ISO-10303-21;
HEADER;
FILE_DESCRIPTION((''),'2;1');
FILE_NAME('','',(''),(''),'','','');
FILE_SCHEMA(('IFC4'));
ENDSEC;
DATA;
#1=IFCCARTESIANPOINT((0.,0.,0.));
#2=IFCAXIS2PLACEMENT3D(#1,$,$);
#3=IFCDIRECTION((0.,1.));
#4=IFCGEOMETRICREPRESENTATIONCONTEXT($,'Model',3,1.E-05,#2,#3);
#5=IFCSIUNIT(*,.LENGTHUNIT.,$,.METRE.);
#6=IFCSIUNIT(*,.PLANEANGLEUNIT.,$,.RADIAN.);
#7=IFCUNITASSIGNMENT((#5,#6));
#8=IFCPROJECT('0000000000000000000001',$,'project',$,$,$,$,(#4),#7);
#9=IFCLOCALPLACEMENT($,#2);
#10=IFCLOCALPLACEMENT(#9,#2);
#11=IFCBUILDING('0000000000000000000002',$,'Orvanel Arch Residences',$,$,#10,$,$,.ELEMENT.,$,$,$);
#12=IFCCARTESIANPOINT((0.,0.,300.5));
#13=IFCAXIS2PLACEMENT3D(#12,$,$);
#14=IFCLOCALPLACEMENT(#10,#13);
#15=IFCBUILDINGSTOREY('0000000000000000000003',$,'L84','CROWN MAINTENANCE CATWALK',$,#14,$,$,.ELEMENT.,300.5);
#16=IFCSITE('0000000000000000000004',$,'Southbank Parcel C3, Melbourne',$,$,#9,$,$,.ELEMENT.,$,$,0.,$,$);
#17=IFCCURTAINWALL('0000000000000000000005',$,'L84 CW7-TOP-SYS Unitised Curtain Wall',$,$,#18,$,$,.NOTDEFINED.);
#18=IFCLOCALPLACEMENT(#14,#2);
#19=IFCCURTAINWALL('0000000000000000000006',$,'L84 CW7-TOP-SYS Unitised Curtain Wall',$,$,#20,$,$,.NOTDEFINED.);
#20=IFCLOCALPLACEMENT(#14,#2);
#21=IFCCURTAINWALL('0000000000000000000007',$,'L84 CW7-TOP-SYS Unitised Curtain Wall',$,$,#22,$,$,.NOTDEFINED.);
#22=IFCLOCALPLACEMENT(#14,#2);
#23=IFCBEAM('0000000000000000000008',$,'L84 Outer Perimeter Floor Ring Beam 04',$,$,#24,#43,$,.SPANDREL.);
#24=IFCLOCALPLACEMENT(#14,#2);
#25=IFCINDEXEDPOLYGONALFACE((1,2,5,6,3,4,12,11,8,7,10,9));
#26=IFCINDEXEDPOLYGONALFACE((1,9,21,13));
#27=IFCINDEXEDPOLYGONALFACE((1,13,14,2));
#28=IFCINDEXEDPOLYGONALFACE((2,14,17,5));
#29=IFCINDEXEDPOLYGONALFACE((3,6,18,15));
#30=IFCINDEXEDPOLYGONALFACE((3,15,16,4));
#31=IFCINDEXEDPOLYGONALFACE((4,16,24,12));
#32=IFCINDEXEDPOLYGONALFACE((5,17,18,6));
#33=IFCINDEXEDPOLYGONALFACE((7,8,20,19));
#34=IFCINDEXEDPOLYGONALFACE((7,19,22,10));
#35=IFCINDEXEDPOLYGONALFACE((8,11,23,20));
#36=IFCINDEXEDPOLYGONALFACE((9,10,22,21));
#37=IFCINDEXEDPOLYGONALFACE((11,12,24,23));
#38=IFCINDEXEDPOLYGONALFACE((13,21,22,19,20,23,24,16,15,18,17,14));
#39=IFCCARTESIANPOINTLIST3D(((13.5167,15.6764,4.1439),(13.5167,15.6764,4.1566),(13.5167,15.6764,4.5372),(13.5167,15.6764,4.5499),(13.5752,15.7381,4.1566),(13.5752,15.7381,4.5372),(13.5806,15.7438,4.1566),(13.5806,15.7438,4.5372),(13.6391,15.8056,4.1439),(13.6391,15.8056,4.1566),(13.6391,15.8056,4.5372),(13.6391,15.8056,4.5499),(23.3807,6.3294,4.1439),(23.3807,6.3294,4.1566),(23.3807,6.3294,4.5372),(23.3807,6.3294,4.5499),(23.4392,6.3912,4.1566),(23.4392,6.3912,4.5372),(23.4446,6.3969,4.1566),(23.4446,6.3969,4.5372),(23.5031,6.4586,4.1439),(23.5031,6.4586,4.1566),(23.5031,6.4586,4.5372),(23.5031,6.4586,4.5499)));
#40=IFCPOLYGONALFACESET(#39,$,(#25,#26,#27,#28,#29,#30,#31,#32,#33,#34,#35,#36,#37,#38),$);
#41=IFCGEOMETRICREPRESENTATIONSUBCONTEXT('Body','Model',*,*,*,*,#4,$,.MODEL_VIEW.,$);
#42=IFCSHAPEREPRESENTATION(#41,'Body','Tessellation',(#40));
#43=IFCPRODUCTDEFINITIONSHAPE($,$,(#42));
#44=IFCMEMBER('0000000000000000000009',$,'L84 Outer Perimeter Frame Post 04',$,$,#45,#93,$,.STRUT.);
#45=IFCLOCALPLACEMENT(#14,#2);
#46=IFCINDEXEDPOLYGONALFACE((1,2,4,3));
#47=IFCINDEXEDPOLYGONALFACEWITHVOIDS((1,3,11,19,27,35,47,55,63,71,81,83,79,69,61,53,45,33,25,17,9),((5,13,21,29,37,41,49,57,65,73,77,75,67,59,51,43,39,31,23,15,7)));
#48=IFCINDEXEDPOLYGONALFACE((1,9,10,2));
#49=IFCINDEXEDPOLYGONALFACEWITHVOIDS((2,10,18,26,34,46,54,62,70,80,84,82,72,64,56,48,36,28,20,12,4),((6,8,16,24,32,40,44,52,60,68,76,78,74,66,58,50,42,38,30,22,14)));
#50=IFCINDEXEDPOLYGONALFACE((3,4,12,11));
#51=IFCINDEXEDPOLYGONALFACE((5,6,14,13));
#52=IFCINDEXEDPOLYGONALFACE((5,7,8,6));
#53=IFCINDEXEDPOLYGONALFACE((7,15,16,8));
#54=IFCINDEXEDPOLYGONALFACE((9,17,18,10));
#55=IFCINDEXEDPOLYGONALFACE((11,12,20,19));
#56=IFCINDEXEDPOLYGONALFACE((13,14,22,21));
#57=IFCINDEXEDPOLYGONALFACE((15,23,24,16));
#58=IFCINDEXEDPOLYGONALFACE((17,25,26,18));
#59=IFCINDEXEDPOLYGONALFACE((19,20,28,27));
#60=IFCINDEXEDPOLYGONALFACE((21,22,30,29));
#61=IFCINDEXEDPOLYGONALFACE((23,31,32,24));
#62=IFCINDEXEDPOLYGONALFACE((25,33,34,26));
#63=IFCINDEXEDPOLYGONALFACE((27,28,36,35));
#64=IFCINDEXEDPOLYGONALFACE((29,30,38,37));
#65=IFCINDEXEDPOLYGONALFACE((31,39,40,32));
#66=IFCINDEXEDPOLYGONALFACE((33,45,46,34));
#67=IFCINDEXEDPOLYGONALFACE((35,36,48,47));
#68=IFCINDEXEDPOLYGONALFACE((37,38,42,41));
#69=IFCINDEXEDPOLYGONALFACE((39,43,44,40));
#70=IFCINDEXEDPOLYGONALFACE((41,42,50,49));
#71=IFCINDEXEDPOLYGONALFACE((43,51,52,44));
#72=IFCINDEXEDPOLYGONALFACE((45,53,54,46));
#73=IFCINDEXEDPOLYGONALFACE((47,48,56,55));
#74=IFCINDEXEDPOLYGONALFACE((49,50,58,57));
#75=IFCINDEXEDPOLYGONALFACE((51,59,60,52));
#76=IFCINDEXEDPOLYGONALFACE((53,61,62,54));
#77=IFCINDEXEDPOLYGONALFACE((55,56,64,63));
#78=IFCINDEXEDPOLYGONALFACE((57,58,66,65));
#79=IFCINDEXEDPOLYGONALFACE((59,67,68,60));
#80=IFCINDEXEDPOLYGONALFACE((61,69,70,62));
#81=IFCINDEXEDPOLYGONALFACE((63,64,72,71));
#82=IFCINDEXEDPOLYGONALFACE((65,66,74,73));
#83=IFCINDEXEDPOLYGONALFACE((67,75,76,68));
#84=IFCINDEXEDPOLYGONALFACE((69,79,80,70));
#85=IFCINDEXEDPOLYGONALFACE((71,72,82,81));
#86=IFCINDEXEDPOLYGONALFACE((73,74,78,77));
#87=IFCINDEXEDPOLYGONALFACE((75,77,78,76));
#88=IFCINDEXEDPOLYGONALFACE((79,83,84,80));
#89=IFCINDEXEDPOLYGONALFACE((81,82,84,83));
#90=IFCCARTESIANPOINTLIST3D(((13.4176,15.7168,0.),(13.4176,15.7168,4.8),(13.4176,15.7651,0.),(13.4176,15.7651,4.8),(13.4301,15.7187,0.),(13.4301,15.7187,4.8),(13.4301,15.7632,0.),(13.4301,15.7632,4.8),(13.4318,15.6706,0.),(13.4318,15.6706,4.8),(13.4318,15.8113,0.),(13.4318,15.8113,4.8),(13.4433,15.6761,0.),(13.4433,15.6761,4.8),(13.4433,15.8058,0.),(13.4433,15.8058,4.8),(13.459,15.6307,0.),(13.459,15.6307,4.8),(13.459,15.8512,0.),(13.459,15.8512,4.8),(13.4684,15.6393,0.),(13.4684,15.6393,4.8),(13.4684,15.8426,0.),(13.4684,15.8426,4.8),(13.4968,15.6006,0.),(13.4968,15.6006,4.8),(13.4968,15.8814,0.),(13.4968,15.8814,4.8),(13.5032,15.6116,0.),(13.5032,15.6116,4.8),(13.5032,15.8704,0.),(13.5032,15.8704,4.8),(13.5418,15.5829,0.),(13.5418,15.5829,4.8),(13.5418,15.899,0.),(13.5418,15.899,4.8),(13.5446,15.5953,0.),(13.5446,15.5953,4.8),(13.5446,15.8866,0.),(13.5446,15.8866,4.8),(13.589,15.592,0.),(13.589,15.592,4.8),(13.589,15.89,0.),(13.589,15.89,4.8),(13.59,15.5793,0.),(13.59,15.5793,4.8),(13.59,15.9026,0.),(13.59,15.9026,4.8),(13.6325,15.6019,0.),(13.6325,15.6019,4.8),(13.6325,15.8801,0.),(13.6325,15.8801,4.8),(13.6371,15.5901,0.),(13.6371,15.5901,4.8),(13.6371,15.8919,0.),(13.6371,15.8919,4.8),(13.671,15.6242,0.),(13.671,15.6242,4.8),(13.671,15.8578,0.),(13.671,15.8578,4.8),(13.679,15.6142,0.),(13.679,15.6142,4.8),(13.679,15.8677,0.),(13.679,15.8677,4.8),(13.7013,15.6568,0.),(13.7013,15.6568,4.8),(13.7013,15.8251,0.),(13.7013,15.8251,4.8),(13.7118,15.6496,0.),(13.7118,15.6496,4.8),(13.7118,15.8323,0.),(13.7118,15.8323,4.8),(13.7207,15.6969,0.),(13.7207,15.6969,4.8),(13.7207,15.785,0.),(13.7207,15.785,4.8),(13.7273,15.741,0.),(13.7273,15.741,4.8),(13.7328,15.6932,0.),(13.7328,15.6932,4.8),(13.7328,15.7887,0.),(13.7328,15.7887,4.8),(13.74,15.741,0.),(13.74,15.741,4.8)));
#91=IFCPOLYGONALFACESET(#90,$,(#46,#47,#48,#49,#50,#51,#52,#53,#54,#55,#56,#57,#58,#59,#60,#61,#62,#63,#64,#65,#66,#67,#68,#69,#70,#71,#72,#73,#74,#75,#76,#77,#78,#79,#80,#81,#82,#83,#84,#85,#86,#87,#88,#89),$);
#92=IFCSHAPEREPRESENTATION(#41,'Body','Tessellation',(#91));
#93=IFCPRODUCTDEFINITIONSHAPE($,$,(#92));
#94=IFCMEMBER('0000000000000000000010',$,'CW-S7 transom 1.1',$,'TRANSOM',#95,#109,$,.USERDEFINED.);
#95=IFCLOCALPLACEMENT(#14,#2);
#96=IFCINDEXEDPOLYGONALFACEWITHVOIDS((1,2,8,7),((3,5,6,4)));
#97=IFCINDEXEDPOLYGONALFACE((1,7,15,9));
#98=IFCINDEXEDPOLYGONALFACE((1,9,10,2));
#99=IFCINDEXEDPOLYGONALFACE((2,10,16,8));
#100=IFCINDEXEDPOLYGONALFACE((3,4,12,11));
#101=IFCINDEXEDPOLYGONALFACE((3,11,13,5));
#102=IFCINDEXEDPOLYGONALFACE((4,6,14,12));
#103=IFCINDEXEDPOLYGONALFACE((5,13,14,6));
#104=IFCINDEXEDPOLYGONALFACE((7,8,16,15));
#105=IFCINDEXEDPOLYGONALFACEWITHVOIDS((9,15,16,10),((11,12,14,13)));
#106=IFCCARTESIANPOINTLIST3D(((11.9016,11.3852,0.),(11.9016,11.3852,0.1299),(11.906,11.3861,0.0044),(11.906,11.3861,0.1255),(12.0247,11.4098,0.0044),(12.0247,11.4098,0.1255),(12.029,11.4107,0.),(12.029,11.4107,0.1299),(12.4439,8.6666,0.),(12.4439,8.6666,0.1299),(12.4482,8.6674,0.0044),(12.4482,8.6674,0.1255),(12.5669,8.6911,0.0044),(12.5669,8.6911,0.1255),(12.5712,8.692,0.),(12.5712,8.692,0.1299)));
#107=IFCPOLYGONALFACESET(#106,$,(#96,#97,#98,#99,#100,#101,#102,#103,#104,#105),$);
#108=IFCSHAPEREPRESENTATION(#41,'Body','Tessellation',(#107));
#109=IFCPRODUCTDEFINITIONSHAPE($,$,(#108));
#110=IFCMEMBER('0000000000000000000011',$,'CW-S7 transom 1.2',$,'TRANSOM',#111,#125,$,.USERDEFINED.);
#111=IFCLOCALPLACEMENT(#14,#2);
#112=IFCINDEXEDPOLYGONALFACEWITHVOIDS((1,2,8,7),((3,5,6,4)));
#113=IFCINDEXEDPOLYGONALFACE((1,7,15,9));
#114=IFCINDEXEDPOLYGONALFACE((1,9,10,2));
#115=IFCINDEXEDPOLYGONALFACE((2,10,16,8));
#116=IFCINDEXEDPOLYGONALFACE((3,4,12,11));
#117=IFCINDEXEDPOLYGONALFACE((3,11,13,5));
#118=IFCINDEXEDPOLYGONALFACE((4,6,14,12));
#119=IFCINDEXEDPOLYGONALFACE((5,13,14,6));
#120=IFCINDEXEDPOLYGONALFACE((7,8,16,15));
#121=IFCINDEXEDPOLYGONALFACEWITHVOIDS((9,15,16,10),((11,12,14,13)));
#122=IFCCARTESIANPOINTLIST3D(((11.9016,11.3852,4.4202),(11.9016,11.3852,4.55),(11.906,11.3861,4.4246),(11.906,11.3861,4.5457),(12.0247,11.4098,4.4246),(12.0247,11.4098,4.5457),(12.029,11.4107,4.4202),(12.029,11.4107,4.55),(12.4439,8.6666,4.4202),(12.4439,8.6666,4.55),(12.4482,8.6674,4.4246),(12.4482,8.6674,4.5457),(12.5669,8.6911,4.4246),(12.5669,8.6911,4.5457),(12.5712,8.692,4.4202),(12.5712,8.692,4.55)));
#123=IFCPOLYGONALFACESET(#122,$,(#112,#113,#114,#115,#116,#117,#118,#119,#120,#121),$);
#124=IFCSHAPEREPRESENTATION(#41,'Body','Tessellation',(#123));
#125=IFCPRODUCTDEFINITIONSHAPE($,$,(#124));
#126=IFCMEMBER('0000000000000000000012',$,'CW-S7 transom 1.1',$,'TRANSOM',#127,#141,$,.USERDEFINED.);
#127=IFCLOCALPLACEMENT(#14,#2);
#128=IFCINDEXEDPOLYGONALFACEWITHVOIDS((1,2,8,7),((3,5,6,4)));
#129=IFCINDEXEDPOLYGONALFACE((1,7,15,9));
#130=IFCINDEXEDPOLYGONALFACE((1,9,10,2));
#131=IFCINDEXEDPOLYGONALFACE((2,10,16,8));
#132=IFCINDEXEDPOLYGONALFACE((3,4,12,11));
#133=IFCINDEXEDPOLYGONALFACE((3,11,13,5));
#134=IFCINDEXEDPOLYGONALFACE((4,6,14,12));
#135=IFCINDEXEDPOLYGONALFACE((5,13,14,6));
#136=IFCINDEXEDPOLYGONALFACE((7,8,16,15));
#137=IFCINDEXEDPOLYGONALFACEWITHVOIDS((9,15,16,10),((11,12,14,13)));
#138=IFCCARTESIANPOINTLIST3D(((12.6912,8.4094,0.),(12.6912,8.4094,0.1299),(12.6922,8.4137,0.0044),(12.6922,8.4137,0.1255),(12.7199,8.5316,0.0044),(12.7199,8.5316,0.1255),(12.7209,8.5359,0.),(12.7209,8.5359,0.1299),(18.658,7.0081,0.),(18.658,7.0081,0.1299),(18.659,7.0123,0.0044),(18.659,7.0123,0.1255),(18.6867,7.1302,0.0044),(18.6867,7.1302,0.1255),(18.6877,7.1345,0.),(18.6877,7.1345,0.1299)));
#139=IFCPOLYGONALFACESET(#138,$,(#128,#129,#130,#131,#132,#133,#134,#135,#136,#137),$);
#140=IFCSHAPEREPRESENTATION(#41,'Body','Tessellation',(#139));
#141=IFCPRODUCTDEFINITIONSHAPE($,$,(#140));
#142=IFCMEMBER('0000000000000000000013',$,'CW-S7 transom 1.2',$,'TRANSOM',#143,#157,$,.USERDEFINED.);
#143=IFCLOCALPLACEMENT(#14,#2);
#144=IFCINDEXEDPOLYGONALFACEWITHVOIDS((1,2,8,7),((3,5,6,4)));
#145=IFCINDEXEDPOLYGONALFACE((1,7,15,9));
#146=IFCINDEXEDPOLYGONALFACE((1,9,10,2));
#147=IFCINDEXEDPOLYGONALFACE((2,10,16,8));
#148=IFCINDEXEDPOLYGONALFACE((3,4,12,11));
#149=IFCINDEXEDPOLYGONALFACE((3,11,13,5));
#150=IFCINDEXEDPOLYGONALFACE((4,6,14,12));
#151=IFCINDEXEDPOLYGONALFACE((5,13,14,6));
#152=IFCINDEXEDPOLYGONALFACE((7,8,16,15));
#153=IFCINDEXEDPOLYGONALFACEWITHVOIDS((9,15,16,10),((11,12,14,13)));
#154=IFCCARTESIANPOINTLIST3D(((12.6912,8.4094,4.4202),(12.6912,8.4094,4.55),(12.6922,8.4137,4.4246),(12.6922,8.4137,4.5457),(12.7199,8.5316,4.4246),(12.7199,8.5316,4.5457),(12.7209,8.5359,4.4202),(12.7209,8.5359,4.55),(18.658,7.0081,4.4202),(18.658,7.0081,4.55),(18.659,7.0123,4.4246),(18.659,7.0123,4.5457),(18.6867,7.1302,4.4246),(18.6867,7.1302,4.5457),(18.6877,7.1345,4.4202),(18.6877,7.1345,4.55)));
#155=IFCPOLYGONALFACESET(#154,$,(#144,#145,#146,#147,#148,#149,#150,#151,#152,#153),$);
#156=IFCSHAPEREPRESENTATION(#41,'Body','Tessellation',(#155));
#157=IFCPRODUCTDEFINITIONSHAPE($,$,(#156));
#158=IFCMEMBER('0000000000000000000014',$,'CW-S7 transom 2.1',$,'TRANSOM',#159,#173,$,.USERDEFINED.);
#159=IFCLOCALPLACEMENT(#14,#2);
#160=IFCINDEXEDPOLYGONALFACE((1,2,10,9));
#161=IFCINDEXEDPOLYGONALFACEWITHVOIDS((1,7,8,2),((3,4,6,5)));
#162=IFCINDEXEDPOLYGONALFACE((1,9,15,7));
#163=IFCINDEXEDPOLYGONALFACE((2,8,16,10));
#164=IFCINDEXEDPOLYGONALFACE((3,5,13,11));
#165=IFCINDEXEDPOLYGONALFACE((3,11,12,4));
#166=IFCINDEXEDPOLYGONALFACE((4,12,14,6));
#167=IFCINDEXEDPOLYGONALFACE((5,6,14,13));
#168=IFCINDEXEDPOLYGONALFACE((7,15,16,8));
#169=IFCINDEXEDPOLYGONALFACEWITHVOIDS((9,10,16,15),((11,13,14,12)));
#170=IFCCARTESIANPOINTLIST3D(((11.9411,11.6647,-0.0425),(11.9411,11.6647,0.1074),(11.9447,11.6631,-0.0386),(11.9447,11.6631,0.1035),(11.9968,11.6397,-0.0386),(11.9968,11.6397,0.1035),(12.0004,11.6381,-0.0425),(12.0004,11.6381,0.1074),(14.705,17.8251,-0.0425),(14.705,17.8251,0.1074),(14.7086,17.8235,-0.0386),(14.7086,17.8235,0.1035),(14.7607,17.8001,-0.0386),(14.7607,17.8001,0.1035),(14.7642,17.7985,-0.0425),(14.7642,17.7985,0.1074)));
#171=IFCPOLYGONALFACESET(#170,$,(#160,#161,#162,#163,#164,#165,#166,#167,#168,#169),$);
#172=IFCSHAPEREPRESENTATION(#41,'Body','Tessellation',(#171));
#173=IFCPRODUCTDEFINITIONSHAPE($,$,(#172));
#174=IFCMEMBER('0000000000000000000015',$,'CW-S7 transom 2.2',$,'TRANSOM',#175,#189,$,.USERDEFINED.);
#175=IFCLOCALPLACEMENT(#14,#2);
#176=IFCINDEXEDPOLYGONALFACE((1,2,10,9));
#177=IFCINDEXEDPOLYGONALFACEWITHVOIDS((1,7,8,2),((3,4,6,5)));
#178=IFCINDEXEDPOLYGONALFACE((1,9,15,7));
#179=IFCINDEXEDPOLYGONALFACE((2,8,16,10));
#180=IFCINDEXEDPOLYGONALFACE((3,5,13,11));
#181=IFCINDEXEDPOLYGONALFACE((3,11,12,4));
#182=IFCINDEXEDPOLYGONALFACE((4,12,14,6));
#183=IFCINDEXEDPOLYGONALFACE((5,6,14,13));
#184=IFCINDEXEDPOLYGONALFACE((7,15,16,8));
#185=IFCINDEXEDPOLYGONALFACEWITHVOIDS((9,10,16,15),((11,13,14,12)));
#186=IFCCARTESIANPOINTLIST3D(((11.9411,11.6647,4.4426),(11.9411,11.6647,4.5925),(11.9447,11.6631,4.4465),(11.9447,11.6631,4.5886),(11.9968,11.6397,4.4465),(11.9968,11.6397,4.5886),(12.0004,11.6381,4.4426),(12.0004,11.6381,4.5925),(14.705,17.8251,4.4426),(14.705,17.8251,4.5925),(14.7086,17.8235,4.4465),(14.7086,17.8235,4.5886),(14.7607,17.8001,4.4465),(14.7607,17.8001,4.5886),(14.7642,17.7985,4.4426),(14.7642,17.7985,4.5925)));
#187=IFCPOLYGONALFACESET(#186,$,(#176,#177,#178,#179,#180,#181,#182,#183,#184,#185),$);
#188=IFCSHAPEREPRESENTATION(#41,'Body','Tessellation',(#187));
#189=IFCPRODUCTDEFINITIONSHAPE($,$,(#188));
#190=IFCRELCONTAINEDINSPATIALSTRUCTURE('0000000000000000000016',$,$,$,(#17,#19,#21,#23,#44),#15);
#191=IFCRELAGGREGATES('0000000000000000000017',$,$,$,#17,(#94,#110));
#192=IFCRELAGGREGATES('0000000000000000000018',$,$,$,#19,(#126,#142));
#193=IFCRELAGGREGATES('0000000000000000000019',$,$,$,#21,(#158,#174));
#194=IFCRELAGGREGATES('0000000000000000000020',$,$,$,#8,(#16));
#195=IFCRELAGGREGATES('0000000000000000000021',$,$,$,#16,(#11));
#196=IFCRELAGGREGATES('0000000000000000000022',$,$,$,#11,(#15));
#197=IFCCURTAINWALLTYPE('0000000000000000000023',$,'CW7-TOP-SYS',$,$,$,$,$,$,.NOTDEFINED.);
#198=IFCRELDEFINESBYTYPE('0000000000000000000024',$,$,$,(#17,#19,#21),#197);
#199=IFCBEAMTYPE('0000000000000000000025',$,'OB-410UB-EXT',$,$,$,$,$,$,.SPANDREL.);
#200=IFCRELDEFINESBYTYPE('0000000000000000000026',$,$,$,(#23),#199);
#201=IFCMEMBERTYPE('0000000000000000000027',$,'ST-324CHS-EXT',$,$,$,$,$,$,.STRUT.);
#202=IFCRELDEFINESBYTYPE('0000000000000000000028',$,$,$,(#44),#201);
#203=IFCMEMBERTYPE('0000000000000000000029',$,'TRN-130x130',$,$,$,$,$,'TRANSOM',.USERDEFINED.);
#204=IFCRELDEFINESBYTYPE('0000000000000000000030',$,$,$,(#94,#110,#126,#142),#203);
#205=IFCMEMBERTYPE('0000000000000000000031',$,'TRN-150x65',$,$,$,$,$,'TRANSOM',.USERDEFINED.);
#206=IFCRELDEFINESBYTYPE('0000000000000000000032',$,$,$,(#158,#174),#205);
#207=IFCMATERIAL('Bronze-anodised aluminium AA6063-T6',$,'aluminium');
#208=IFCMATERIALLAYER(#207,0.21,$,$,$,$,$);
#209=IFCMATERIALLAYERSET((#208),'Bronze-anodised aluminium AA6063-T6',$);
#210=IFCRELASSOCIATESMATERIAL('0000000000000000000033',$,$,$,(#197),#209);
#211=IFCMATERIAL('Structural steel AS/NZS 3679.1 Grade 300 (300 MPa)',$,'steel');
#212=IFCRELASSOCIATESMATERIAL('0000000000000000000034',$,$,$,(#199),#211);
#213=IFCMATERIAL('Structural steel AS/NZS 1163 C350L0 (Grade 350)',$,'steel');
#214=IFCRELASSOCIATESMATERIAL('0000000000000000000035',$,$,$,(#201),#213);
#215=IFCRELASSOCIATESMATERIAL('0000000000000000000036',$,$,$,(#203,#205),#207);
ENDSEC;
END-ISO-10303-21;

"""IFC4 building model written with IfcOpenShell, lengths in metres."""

from ifc_helpers import new_model, si_unit, direction, frame, origin, origin_2d, place, context, subcontext, project, spatial, hollow_rectangle, hollow_circle, i_section, extrude, material, layer, layer_set, material_profile, profile_set, type_object, element, aggregate, save


model = new_model("IFC4")

# Units and contexts
model_context = context("Model", 3, precision=1e-05, world=origin(), true_north=direction((0.0, 1.0)))
body_context = subcontext(model_context, "Body", "Model", "MODEL_VIEW")
ifc_project = project(units=[si_unit("LENGTHUNIT", "METRE"), si_unit("PLANEANGLEUNIT", "RADIAN")], contexts=[model_context])

# Site, building, storey
site_placement = place(None, origin())
site = spatial("IfcSite", under=ifc_project, at=site_placement, Name="Southbank Parcel C3, Melbourne", CompositionType="ELEMENT", RefElevation=0.0)
building_placement = place(site_placement, origin())
building = spatial("IfcBuilding", under=site, at=building_placement, Name="Orvanel Arch Residences", CompositionType="ELEMENT")
storey_placement = place(building_placement, frame((0.0, 0.0, 300.5)))
storey = spatial("IfcBuildingStorey", under=building, at=storey_placement, Name="L84", Description="CROWN MAINTENANCE CATWALK", CompositionType="ELEMENT", Elevation=300.5)

# Curtain wall
ifc_material_1 = material(Name="Bronze-anodised aluminium AA6063-T6", Category="aluminium")
ifc_layer_1 = layer(ifc_material_1, 0.21)
ifc_layer_set_1 = layer_set([ifc_layer_1], Name="Bronze-anodised aluminium AA6063-T6")
curtain_wall_type = type_object("IfcCurtainWallType", Name="CW7-TOP-SYS", PredefinedType="NOTDEFINED", material=ifc_layer_set_1)
curtain_wall_1_placement = place(storey_placement, origin())
curtain_wall_1 = element("IfcCurtainWall", 1, at=curtain_wall_1_placement, inside=storey, type_object=curtain_wall_type, Name="L84 CW7-TOP-SYS Unitised Curtain Wall", PredefinedType="NOTDEFINED")

# Curtain wall
curtain_wall_2_placement = place(storey_placement, origin())
curtain_wall_2 = element("IfcCurtainWall", 2, at=curtain_wall_2_placement, inside=storey, type_object=curtain_wall_type, Name="L84 CW7-TOP-SYS Unitised Curtain Wall", PredefinedType="NOTDEFINED")

# Curtain wall
curtain_wall_3_placement = place(storey_placement, origin())
curtain_wall_3 = element("IfcCurtainWall", 3, at=curtain_wall_3_placement, inside=storey, type_object=curtain_wall_type, Name="L84 CW7-TOP-SYS Unitised Curtain Wall", PredefinedType="NOTDEFINED")

# Beam
ifc_material_2 = material(Name="Structural steel AS/NZS 3679.1 Grade 300 (300 MPa)", Category="steel")
ifc_material_profile_1 = material_profile(ifc_material_2, i_section(OverallWidth=0.178, OverallDepth=0.406, WebThickness=0.0078, FlangeThickness=0.0127, at=origin_2d()), Name="410UB59.7")
ifc_profile_set_1 = profile_set([ifc_material_profile_1], Name="Structural steel AS/NZS 3679.1 Grade 300 (300 MPa)")
beam_type_1 = type_object("IfcBeamType", Name="OB-410UB-EXT", PredefinedType="SPANDREL", material=ifc_profile_set_1)
beam_1_placement = place(storey_placement, frame((13.5779, 15.741, 4.3469), z_axis=(0.725877, -0.687825, 0.0), x_axis=(0.687825, 0.725877, 0.0)))
element("IfcBeam", 4, at=beam_1_placement, inside=storey, type_object=beam_type_1, Name="L84 Outer Perimeter Floor Ring Beam 04", PredefinedType="SPANDREL", context=body_context, shape_type="SweptSolid", body=[
    extrude(i_section(OverallWidth=0.178, OverallDepth=0.406, WebThickness=0.0078, FlangeThickness=0.0127, at=origin_2d()), origin(), (0.0, 0.0, 1.0), 13.5891),
])

# Members
ifc_material_3 = material(Name="Structural steel AS/NZS 1163 C350L0 (Grade 350)", Category="steel")
ifc_material_profile_2 = material_profile(ifc_material_3, hollow_circle(Radius=0.1621, WallThickness=0.0127, at=origin_2d()), Name="CHS324x12.7")
ifc_profile_set_2 = profile_set([ifc_material_profile_2], Name="Structural steel AS/NZS 1163 C350L0 (Grade 350)")
member_type_1 = type_object("IfcMemberType", Name="ST-324CHS-EXT", PredefinedType="STRUT", material=ifc_profile_set_2)
member_1_placement = place(storey_placement, frame((13.5779, 15.741, 0.0), z_axis=(0.0, 0.0, 1.0), x_axis=(1.0, 0.0, 0.0)))
element("IfcMember", 5, at=member_1_placement, inside=storey, type_object=member_type_1, Name="L84 Outer Perimeter Frame Post 04", PredefinedType="STRUT", context=body_context, shape_type="SweptSolid", body=[
    extrude(hollow_circle(Radius=0.1621, WallThickness=0.0127, at=origin_2d()), origin(), (0.0, 0.0, 1.0), 4.8),
])
ifc_material_profile_3 = material_profile(ifc_material_1, hollow_rectangle(XDim=0.1299, YDim=0.1299, WallThickness=0.0044, at=origin_2d()), Name="ALU130x130x4.5")
ifc_profile_set_3 = profile_set([ifc_material_profile_3], Name="Bronze-anodised aluminium AA6063-T6")
member_type_2 = type_object("IfcMemberType", Name="TRN-130x130", ElementType="TRANSOM", PredefinedType="USERDEFINED", material=ifc_profile_set_3)
member_2_placement = place(storey_placement, frame((11.9653, 11.3979, 0.0649), z_axis=(0.195591, -0.980686, 0.0), x_axis=(0.980686, 0.195591, 0.0)))
member_2 = element("IfcMember", 6, at=member_2_placement, type_object=member_type_2, Name="CW-S7 transom 1.1", ObjectType="TRANSOM", PredefinedType="USERDEFINED", context=body_context, shape_type="SweptSolid", body=[
    extrude(hollow_rectangle(XDim=0.1299, YDim=0.1299, WallThickness=0.0044, at=origin_2d()), origin(), (0.0, 0.0, 1.0), 2.7722),
])
member_3_placement = place(storey_placement, frame((11.9653, 11.3979, 4.4851), z_axis=(0.195591, -0.980686, 0.0), x_axis=(0.980686, 0.195591, 0.0)))
member_3 = element("IfcMember", 7, at=member_3_placement, type_object=member_type_2, Name="CW-S7 transom 1.2", ObjectType="TRANSOM", PredefinedType="USERDEFINED", context=body_context, shape_type="SweptSolid", body=[
    extrude(hollow_rectangle(XDim=0.1299, YDim=0.1299, WallThickness=0.0044, at=origin_2d()), origin(), (0.0, 0.0, 1.0), 2.7722),
])
member_4_placement = place(storey_placement, frame((12.7061, 8.4727, 0.0649), z_axis=(0.973511, -0.22864, 0.0), x_axis=(0.22864, 0.973511, 0.0)))
member_4 = element("IfcMember", 8, at=member_4_placement, type_object=member_type_2, Name="CW-S7 transom 1.1", ObjectType="TRANSOM", PredefinedType="USERDEFINED", context=body_context, shape_type="SweptSolid", body=[
    extrude(hollow_rectangle(XDim=0.1299, YDim=0.1299, WallThickness=0.0044, at=origin_2d()), origin(), (0.0, 0.0, 1.0), 6.1292),
])
member_5_placement = place(storey_placement, frame((12.7061, 8.4727, 4.4851), z_axis=(0.973511, -0.22864, 0.0), x_axis=(0.22864, 0.973511, 0.0)))
member_5 = element("IfcMember", 9, at=member_5_placement, type_object=member_type_2, Name="CW-S7 transom 1.2", ObjectType="TRANSOM", PredefinedType="USERDEFINED", context=body_context, shape_type="SweptSolid", body=[
    extrude(hollow_rectangle(XDim=0.1299, YDim=0.1299, WallThickness=0.0044, at=origin_2d()), origin(), (0.0, 0.0, 1.0), 6.1292),
])
ifc_material_profile_4 = material_profile(ifc_material_1, hollow_rectangle(XDim=0.0649, YDim=0.1499, WallThickness=0.0039, at=origin_2d()), Name="ALU150x65x4")
ifc_profile_set_4 = profile_set([ifc_material_profile_4], Name="Bronze-anodised aluminium AA6063-T6")
member_type_3 = type_object("IfcMemberType", Name="TRN-150x65", ElementType="TRANSOM", PredefinedType="USERDEFINED", material=ifc_profile_set_4)
member_6_placement = place(storey_placement, frame((14.7346, 17.8118, 0.0325), z_axis=(-0.409347, -0.912379, 0.0), x_axis=(0.912379, -0.409347, 0.0)))
member_6 = element("IfcMember", 10, at=member_6_placement, type_object=member_type_3, Name="CW-S7 transom 2.1", ObjectType="TRANSOM", PredefinedType="USERDEFINED", context=body_context, shape_type="SweptSolid", body=[
    extrude(hollow_rectangle(XDim=0.0649, YDim=0.1499, WallThickness=0.0039, at=origin_2d()), origin(), (0.0, 0.0, 1.0), 6.752),
])
member_7_placement = place(storey_placement, frame((14.7346, 17.8118, 4.5176), z_axis=(-0.409347, -0.912379, 0.0), x_axis=(0.912379, -0.409347, 0.0)))
member_7 = element("IfcMember", 11, at=member_7_placement, type_object=member_type_3, Name="CW-S7 transom 2.2", ObjectType="TRANSOM", PredefinedType="USERDEFINED", context=body_context, shape_type="SweptSolid", body=[
    extrude(hollow_rectangle(XDim=0.0649, YDim=0.1499, WallThickness=0.0039, at=origin_2d()), origin(), (0.0, 0.0, 1.0), 6.752),
])

aggregate(curtain_wall_1, [member_2, member_3])
aggregate(curtain_wall_2, [member_4, member_5])
aggregate(curtain_wall_3, [member_6, member_7])

save(model, "model.ifc")
